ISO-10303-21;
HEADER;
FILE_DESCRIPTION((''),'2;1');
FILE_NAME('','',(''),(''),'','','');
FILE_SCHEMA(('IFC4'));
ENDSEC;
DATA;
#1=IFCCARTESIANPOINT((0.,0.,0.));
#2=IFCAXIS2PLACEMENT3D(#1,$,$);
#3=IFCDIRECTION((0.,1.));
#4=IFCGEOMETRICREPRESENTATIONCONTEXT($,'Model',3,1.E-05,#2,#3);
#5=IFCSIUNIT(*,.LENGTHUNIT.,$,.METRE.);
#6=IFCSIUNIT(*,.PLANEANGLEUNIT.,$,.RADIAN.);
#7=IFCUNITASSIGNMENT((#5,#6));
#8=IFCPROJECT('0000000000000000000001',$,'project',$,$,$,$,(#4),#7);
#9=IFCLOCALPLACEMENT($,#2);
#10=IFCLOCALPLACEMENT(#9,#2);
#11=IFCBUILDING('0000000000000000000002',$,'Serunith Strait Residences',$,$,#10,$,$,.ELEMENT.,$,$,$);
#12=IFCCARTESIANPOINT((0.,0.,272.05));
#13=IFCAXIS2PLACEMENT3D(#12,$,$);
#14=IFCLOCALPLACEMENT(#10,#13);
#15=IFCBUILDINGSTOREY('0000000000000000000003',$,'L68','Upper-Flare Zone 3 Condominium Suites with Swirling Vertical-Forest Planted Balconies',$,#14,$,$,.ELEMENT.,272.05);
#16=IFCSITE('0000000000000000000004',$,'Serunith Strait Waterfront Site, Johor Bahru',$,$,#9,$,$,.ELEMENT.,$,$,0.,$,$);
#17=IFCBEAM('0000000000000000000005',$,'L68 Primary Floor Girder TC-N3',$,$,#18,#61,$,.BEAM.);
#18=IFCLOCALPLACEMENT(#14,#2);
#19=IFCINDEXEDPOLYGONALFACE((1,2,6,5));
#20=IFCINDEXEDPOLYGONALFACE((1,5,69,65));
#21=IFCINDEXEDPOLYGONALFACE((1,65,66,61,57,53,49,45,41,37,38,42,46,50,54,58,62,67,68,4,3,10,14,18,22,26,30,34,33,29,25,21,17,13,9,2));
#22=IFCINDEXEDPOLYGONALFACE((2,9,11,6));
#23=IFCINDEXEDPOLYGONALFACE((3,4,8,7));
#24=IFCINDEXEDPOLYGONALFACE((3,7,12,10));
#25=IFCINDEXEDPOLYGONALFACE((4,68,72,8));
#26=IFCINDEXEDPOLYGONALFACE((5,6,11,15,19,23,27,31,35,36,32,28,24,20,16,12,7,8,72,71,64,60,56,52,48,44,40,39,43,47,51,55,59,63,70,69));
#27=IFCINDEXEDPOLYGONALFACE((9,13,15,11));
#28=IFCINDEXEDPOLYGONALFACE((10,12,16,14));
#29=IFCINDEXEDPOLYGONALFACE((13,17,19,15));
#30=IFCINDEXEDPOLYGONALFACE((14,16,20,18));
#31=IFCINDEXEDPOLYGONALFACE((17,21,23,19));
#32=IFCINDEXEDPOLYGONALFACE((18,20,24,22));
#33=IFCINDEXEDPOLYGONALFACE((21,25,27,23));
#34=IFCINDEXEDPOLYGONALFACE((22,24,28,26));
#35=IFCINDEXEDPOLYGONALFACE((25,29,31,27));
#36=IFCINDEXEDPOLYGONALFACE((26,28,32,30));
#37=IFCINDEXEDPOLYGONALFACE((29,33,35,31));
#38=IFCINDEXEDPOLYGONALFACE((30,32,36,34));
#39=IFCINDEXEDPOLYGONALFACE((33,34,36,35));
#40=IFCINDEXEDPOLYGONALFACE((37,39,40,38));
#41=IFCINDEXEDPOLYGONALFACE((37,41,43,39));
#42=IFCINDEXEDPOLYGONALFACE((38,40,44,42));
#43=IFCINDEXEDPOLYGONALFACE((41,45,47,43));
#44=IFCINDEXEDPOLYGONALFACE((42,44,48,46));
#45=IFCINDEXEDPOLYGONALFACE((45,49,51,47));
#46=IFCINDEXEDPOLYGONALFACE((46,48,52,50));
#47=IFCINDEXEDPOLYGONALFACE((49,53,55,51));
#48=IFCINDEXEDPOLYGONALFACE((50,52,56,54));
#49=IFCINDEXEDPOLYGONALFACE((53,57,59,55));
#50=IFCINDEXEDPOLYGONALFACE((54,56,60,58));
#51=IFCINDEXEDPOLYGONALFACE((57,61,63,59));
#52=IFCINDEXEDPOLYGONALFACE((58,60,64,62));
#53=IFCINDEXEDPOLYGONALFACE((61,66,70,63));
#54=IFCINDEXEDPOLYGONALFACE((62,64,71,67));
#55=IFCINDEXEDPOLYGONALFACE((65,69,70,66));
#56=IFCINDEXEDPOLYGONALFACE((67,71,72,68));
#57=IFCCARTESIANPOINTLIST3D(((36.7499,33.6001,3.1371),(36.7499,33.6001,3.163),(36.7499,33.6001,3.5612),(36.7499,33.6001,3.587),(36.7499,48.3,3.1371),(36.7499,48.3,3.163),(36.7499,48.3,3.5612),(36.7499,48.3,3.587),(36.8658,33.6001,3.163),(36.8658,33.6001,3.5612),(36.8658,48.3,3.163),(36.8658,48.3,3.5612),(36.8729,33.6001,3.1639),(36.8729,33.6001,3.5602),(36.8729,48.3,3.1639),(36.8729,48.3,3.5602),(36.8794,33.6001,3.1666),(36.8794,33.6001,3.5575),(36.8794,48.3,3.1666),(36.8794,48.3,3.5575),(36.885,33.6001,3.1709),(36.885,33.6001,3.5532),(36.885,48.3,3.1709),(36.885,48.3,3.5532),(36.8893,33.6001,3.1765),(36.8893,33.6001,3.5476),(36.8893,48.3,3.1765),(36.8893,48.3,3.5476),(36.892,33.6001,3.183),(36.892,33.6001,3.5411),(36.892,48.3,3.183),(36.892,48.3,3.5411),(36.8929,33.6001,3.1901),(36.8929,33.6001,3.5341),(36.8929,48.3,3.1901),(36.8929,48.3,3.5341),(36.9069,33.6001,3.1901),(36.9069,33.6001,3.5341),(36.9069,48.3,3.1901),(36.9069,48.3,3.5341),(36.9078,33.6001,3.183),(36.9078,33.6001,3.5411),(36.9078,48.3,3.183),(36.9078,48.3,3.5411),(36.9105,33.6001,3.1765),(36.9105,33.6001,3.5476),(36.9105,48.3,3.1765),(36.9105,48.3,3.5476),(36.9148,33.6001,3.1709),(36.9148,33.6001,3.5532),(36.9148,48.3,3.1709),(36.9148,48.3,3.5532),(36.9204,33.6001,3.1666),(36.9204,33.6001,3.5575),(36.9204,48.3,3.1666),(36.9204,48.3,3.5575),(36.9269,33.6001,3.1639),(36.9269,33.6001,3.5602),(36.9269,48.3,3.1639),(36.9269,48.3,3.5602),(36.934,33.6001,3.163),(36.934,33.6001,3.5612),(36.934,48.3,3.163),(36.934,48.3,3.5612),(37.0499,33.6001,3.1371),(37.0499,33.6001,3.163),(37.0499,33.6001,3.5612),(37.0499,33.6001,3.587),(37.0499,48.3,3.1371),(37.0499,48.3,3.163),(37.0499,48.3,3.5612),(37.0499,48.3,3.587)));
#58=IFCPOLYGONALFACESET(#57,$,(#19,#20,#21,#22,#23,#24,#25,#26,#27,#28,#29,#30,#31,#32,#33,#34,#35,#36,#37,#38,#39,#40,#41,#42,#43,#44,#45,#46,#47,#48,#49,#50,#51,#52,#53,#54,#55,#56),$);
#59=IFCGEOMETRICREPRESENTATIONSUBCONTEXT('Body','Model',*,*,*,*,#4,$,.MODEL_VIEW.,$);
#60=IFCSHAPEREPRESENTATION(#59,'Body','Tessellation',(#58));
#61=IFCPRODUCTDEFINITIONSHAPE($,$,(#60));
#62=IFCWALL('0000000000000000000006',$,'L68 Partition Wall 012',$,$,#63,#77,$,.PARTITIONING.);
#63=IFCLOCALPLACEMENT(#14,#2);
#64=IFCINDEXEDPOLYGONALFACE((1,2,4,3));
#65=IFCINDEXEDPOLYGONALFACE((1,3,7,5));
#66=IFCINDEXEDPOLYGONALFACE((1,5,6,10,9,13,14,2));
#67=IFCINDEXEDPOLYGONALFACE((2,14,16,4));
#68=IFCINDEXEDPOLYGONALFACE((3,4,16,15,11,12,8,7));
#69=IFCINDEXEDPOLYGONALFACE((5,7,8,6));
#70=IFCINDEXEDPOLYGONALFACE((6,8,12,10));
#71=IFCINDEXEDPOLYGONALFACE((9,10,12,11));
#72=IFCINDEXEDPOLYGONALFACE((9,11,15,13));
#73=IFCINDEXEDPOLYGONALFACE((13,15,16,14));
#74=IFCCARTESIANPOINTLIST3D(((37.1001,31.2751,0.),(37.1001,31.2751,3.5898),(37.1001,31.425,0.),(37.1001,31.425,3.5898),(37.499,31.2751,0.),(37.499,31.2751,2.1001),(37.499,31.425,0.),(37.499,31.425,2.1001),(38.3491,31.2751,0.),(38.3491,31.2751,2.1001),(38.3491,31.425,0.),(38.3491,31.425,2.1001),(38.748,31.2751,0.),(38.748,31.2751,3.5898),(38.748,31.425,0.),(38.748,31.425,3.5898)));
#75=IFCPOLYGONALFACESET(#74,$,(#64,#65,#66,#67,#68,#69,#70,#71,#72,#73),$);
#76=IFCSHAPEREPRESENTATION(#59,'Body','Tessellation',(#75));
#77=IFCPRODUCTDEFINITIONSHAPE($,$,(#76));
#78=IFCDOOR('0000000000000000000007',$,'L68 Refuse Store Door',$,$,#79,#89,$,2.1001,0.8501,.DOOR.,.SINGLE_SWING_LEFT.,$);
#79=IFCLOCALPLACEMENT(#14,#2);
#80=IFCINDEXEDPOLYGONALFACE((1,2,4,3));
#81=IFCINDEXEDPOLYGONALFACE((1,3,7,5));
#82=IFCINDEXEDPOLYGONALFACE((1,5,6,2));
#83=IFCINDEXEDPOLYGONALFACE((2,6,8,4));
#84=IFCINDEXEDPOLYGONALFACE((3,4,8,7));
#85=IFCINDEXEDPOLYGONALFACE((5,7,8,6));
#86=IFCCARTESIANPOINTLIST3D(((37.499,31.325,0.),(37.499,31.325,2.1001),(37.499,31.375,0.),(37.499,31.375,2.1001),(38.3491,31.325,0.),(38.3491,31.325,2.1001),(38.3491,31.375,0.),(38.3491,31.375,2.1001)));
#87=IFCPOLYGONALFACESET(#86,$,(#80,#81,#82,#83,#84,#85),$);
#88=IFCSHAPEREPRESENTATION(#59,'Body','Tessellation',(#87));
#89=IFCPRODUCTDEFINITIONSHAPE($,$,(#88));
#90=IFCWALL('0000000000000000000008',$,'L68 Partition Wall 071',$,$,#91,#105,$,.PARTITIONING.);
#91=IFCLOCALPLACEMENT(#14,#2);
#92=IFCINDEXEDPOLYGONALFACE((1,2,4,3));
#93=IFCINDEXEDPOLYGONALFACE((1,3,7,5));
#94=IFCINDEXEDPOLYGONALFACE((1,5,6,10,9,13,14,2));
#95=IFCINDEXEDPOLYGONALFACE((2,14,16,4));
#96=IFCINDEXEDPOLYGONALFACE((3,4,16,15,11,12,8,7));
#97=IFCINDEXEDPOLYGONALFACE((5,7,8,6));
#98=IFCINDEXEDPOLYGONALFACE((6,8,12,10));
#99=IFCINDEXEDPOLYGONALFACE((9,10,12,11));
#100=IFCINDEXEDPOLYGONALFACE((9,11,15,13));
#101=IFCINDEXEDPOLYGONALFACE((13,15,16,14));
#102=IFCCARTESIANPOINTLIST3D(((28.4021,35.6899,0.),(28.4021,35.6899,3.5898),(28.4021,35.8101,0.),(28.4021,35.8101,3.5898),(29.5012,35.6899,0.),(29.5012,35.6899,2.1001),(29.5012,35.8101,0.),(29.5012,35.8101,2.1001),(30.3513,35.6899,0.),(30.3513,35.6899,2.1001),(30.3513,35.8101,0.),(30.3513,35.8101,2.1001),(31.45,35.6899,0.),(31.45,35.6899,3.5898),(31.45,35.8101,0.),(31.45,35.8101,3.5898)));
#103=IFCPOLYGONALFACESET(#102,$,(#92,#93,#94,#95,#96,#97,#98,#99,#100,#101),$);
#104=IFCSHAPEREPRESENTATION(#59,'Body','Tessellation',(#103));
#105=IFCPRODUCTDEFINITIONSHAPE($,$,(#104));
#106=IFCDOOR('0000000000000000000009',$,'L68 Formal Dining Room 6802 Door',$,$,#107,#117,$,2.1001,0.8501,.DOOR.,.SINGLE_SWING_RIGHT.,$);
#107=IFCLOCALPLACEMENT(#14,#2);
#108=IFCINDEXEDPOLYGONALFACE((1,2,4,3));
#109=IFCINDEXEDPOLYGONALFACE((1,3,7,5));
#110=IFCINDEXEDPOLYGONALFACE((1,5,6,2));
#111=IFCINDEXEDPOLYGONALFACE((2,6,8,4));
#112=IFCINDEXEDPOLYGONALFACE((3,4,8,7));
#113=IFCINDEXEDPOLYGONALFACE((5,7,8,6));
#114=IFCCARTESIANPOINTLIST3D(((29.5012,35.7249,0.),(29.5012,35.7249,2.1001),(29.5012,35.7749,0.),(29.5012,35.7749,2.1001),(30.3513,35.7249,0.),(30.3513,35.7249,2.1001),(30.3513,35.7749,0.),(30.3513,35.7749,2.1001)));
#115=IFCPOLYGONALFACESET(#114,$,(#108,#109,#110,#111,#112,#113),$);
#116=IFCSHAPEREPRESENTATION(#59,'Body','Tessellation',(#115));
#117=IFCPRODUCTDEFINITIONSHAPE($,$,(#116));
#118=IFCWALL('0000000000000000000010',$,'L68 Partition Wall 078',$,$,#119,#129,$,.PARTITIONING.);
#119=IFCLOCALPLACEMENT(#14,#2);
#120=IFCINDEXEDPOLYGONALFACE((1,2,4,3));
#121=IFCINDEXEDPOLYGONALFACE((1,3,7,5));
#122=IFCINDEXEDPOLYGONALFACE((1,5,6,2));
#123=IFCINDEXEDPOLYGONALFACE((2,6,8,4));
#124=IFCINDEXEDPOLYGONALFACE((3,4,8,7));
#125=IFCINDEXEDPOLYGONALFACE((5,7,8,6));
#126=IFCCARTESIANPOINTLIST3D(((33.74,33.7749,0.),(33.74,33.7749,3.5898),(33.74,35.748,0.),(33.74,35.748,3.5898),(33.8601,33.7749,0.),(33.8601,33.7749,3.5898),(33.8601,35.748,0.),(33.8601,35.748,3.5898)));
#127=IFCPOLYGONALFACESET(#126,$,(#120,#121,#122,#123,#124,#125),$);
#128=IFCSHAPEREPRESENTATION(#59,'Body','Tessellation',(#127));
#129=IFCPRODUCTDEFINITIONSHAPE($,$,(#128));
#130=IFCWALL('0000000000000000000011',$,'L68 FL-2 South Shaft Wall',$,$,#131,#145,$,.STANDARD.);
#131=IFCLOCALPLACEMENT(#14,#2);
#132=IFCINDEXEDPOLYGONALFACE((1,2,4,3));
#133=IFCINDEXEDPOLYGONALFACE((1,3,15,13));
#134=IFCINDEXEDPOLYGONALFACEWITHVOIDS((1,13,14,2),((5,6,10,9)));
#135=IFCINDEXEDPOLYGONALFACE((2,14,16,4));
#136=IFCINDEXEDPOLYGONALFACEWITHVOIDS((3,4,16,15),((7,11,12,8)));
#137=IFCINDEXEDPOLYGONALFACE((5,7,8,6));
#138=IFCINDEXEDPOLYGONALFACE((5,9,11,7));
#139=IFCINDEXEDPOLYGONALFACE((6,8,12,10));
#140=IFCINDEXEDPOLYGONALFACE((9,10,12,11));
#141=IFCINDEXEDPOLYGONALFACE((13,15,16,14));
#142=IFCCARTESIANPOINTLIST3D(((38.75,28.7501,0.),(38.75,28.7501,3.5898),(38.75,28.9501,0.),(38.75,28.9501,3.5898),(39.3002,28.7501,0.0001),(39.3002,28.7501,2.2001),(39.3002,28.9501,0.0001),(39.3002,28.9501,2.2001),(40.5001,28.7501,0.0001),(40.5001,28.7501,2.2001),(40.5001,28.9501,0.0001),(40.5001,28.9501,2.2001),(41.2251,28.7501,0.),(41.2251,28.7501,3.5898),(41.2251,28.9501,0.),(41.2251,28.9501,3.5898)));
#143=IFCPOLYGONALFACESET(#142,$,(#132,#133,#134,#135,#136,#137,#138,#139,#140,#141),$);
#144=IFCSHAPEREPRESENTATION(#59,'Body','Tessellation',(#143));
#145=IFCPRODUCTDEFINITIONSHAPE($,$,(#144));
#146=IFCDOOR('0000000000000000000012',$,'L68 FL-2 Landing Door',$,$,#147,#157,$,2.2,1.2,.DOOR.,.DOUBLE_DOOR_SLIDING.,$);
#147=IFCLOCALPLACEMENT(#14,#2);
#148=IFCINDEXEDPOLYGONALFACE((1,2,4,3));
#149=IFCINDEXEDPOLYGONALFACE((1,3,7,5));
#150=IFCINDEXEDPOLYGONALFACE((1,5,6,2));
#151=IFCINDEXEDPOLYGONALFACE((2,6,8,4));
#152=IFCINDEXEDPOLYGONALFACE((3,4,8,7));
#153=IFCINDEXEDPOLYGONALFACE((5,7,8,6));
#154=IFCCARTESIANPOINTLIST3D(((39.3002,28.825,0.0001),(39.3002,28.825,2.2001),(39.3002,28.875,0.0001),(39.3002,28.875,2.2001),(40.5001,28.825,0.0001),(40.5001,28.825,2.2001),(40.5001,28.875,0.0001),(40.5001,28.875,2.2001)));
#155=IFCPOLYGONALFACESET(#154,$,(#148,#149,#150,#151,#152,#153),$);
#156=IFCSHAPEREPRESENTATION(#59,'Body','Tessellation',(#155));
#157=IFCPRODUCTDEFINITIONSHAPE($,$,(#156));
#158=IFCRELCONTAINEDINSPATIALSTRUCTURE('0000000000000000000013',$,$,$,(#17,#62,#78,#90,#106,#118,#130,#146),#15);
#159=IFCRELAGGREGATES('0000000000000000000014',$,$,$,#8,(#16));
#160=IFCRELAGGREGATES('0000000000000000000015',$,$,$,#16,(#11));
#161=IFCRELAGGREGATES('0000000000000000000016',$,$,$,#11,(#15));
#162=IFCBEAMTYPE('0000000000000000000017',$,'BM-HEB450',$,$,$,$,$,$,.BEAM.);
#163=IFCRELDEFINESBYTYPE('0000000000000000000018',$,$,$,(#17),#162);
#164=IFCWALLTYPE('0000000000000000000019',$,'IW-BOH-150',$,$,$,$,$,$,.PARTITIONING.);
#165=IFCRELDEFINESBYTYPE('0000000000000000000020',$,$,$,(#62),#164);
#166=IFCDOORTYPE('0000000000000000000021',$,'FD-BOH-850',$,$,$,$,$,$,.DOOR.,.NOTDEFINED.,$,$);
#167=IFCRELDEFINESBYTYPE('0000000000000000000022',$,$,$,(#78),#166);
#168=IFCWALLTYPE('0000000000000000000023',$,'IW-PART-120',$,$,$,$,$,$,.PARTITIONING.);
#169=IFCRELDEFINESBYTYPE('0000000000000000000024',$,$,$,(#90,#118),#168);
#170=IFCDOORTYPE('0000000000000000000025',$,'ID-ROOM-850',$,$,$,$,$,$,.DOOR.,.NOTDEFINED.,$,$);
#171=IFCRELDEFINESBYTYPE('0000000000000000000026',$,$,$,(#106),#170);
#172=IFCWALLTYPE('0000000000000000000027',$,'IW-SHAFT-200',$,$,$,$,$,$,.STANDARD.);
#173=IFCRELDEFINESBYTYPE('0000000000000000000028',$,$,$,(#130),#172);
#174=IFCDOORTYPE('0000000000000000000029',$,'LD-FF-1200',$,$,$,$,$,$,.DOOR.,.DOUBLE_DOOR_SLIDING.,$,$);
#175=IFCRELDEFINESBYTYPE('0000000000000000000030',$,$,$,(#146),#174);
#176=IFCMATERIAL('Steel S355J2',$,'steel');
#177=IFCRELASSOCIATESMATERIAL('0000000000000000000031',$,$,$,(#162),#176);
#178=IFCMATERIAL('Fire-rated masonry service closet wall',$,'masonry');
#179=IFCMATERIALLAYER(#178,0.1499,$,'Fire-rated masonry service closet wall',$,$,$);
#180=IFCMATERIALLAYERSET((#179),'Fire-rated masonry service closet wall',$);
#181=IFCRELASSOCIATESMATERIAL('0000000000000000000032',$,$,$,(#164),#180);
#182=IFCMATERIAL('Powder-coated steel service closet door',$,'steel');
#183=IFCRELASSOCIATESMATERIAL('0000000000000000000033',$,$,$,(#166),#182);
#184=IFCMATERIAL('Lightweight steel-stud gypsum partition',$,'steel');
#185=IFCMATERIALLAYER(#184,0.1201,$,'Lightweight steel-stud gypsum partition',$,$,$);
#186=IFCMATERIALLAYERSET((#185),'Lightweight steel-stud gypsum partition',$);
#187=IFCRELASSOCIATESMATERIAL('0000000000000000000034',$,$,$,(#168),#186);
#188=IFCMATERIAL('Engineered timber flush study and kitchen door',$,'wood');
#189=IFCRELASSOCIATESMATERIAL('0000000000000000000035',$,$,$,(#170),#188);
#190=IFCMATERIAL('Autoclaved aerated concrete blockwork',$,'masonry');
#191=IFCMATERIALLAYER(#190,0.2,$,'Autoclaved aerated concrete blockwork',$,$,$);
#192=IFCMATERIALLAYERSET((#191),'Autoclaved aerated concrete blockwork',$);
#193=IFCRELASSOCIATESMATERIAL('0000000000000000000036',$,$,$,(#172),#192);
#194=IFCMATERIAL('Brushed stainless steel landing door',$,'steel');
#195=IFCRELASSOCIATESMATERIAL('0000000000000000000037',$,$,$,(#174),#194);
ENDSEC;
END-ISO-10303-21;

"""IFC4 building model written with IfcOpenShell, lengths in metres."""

from ifc_helpers import new_model, si_unit, direction, frame, frame_2d, origin, origin_2d, place, context, subcontext, project, spatial, rectangle, i_section, extrude, source, transform, mapped, material, layer, layer_set, material_profile, profile_set, type_object, element, fill, save


model = new_model("IFC4")

# Units and contexts
model_context = context("Model", 3, precision=1e-05, world=origin(), true_north=direction((0.0, 1.0)))
body_context = subcontext(model_context, "Body", "Model", "MODEL_VIEW")
ifc_project = project(units=[si_unit("LENGTHUNIT", "METRE"), si_unit("PLANEANGLEUNIT", "RADIAN")], contexts=[model_context])

# Site, building, storey
site_placement = place(None, origin())
site = spatial("IfcSite", under=ifc_project, at=site_placement, Name="Serunith Strait Waterfront Site, Johor Bahru", CompositionType="ELEMENT", RefElevation=0.0)
building_placement = place(site_placement, origin())
building = spatial("IfcBuilding", under=site, at=building_placement, Name="Serunith Strait Residences", CompositionType="ELEMENT")
storey_placement = place(building_placement, frame((0.0, 0.0, 272.05)))
storey = spatial("IfcBuildingStorey", under=building, at=storey_placement, Name="L68", Description="Upper-Flare Zone 3 Condominium Suites with Swirling Vertical-Forest Planted Balconies", CompositionType="ELEMENT", Elevation=272.05)

# Beam
ifc_material_1 = material(Name="Steel S355J2", Category="steel")
ifc_material_profile = material_profile(ifc_material_1, i_section(OverallWidth=0.3, OverallDepth=0.45, WebThickness=0.0139, FlangeThickness=0.0259, FilletRadius=0.0271, at=origin_2d()), Name="HEB 450")
ifc_profile_set = profile_set([ifc_material_profile], Name="Steel S355J2")
beam_type = type_object("IfcBeamType", Name="BM-HEB450", PredefinedType="BEAM", material=ifc_profile_set)
shared_shape_1 = source(origin(), body_context, "Body", "SweptSolid", [
    extrude(i_section(OverallWidth=0.3, OverallDepth=0.45, WebThickness=0.0139, FlangeThickness=0.0259, FilletRadius=0.0271, at=origin_2d()), origin(), (0.0, 0.0, 1.0), 14.7),
])
beam_placement = place(storey_placement, frame((36.8999, 33.6001, 3.3621), z_axis=(0.0, 1.0, 0.0), x_axis=(-1.0, 0.0, 0.0)))
element("IfcBeam", 1, at=beam_placement, inside=storey, type_object=beam_type, Name="L68 Primary Floor Girder TC-N3", PredefinedType="BEAM", context=body_context, shape_type="MappedRepresentation", body=[
    mapped(shared_shape_1, transform((0.0, 0.0, 0.0), scale=1.0)),
])

# Walls, openings, doors
ifc_material_2 = material(Name="Fire-rated masonry service closet wall", Category="masonry")
ifc_layer_1 = layer(ifc_material_2, 0.1499, Name="Fire-rated masonry service closet wall")
ifc_layer_set_1 = layer_set([ifc_layer_1], Name="Fire-rated masonry service closet wall")
wall_type_1 = type_object("IfcWallType", Name="IW-BOH-150", PredefinedType="PARTITIONING", material=ifc_layer_set_1)
wall_1_placement = place(storey_placement, frame((37.1001, 31.3501, 0.0), z_axis=(0.0, 0.0, 1.0), x_axis=(1.0, 0.0, 0.0)))
wall_1 = element("IfcWall", 2, at=wall_1_placement, inside=storey, type_object=wall_type_1, Name="L68 Partition Wall 012", PredefinedType="PARTITIONING", context=body_context, shape_type="SweptSolid", body=[
    extrude(rectangle(XDim=1.6479, YDim=0.1499, at=frame_2d((0.824, 0.0))), origin(), (0.0, 0.0, 1.0), 3.5898),
])
opening_1_placement = place(wall_1_placement, frame((0.3989, 0.0, 0.0)))
opening_1 = element("IfcOpeningElement", 3, at=opening_1_placement, cuts=wall_1, PredefinedType="OPENING", context=body_context, shape_type="SweptSolid", body=[
    extrude(rectangle(XDim=0.8501, YDim=2.1001, at=frame_2d((0.425, 1.05))), frame((0.0, 0.085, 0.0), z_axis=(0.0, -1.0, 0.0), x_axis=(1.0, 0.0, 0.0)), (0.0, 0.0, 1.0), 0.1699),
])
ifc_material_3 = material(Name="Powder-coated steel service closet door", Category="steel")
door_type_1 = type_object("IfcDoorType", Name="FD-BOH-850", OperationType="NOTDEFINED", PredefinedType="DOOR", material=ifc_material_3)
shared_shape_2 = source(origin(), body_context, "Body", "SweptSolid", [
    extrude(rectangle(XDim=0.8501, YDim=2.1001, at=frame_2d((0.425, 1.05))), frame((0.0, 0.0249, 0.0), z_axis=(0.0, -1.0, 0.0), x_axis=(1.0, 0.0, 0.0)), (0.0, 0.0, 1.0), 0.05),
])
door_1_placement = place(opening_1_placement, origin())
door_1 = element("IfcDoor", 4, at=door_1_placement, inside=storey, type_object=door_type_1, Name="L68 Refuse Store Door", OperationType="SINGLE_SWING_LEFT", OverallHeight=2.1001, OverallWidth=0.8501, PredefinedType="DOOR", context=body_context, shape_type="MappedRepresentation", body=[
    mapped(shared_shape_2, transform((0.0, 0.0, 0.0), scale=1.0)),
])
fill(opening_1, door_1)
ifc_material_4 = material(Name="Lightweight steel-stud gypsum partition", Category="steel")
ifc_layer_2 = layer(ifc_material_4, 0.1201, Name="Lightweight steel-stud gypsum partition")
ifc_layer_set_2 = layer_set([ifc_layer_2], Name="Lightweight steel-stud gypsum partition")
wall_type_2 = type_object("IfcWallType", Name="IW-PART-120", PredefinedType="PARTITIONING", material=ifc_layer_set_2)
wall_2_placement = place(storey_placement, frame((28.4021, 35.75, 0.0), z_axis=(0.0, 0.0, 1.0), x_axis=(1.0, 0.0, 0.0)))
wall_2 = element("IfcWall", 5, at=wall_2_placement, inside=storey, type_object=wall_type_2, Name="L68 Partition Wall 071", PredefinedType="PARTITIONING", context=body_context, shape_type="SweptSolid", body=[
    extrude(rectangle(XDim=3.0479, YDim=0.1201, at=frame_2d((1.5239, 0.0))), origin(), (0.0, 0.0, 1.0), 3.5898),
])
opening_2_placement = place(wall_2_placement, frame((1.0991, 0.0, 0.0)))
opening_2 = element("IfcOpeningElement", 6, at=opening_2_placement, cuts=wall_2, PredefinedType="OPENING", context=body_context, shape_type="SweptSolid", body=[
    extrude(rectangle(XDim=0.8501, YDim=2.1001, at=frame_2d((0.425, 1.05))), frame((0.0, 0.0701, 0.0), z_axis=(0.0, -1.0, 0.0), x_axis=(1.0, 0.0, 0.0)), (0.0, 0.0, 1.0), 0.1401),
])
ifc_material_5 = material(Name="Engineered timber flush study and kitchen door", Category="wood")
door_type_2 = type_object("IfcDoorType", Name="ID-ROOM-850", OperationType="NOTDEFINED", PredefinedType="DOOR", material=ifc_material_5)
door_2_placement = place(opening_2_placement, origin())
door_2 = element("IfcDoor", 7, at=door_2_placement, inside=storey, type_object=door_type_2, Name="L68 Formal Dining Room 6802 Door", OperationType="SINGLE_SWING_RIGHT", OverallHeight=2.1001, OverallWidth=0.8501, PredefinedType="DOOR", context=body_context, shape_type="MappedRepresentation", body=[
    mapped(shared_shape_2, transform((0.0, 0.0, 0.0), scale=1.0)),
])
fill(opening_2, door_2)

# Wall
wall_3_placement = place(storey_placement, frame((33.8, 35.748, 0.0), z_axis=(0.0, 0.0, 1.0), x_axis=(0.0, -1.0, 0.0)))
element("IfcWall", 8, at=wall_3_placement, inside=storey, type_object=wall_type_2, Name="L68 Partition Wall 078", PredefinedType="PARTITIONING", context=body_context, shape_type="SweptSolid", body=[
    extrude(rectangle(XDim=1.9731, YDim=0.1201, at=frame_2d((0.9866, 0.0))), origin(), (0.0, 0.0, 1.0), 3.5898),
])

# Wall, opening, door
ifc_material_6 = material(Name="Autoclaved aerated concrete blockwork", Category="masonry")
ifc_layer_3 = layer(ifc_material_6, 0.2, Name="Autoclaved aerated concrete blockwork")
ifc_layer_set_3 = layer_set([ifc_layer_3], Name="Autoclaved aerated concrete blockwork")
wall_type_3 = type_object("IfcWallType", Name="IW-SHAFT-200", PredefinedType="STANDARD", material=ifc_layer_set_3)
wall_4_placement = place(storey_placement, frame((38.75, 28.8501, 0.0), z_axis=(0.0, 0.0, 1.0), x_axis=(1.0, 0.0, 0.0)))
wall_4 = element("IfcWall", 9, at=wall_4_placement, inside=storey, type_object=wall_type_3, Name="L68 FL-2 South Shaft Wall", PredefinedType="STANDARD", context=body_context, shape_type="SweptSolid", body=[
    extrude(rectangle(XDim=2.4751, YDim=0.2, at=frame_2d((1.2375, 0.0))), origin(), (0.0, 0.0, 1.0), 3.5898),
])
opening_3_placement = place(wall_4_placement, frame((0.55, 0.0, 0.0)))
opening_3 = element("IfcOpeningElement", 10, at=opening_3_placement, cuts=wall_4, PredefinedType="OPENING", context=body_context, shape_type="SweptSolid", body=[
    extrude(rectangle(XDim=1.2, YDim=2.2, at=frame_2d((0.6001, 1.1001))), frame((0.0, 0.1099, 0.0), z_axis=(0.0, -1.0, 0.0), x_axis=(1.0, 0.0, 0.0)), (0.0, 0.0, 1.0), 0.22),
])
ifc_material_7 = material(Name="Brushed stainless steel landing door", Category="steel")
door_type_3 = type_object("IfcDoorType", Name="LD-FF-1200", OperationType="DOUBLE_DOOR_SLIDING", PredefinedType="DOOR", material=ifc_material_7)
shared_shape_3 = source(origin(), body_context, "Body", "SweptSolid", [
    extrude(rectangle(XDim=1.2, YDim=2.2, at=frame_2d((0.6001, 1.1001))), frame((0.0, 0.0249, 0.0), z_axis=(0.0, -1.0, 0.0), x_axis=(1.0, 0.0, 0.0)), (0.0, 0.0, 1.0), 0.05),
])
door_3_placement = place(opening_3_placement, origin())
door_3 = element("IfcDoor", 11, at=door_3_placement, inside=storey, type_object=door_type_3, Name="L68 FL-2 Landing Door", OperationType="DOUBLE_DOOR_SLIDING", OverallHeight=2.2, OverallWidth=1.2, PredefinedType="DOOR", context=body_context, shape_type="MappedRepresentation", body=[
    mapped(shared_shape_3, transform((0.0, 0.0, 0.0), scale=1.0)),
])
fill(opening_3, door_3)

save(model, "model.ifc")
